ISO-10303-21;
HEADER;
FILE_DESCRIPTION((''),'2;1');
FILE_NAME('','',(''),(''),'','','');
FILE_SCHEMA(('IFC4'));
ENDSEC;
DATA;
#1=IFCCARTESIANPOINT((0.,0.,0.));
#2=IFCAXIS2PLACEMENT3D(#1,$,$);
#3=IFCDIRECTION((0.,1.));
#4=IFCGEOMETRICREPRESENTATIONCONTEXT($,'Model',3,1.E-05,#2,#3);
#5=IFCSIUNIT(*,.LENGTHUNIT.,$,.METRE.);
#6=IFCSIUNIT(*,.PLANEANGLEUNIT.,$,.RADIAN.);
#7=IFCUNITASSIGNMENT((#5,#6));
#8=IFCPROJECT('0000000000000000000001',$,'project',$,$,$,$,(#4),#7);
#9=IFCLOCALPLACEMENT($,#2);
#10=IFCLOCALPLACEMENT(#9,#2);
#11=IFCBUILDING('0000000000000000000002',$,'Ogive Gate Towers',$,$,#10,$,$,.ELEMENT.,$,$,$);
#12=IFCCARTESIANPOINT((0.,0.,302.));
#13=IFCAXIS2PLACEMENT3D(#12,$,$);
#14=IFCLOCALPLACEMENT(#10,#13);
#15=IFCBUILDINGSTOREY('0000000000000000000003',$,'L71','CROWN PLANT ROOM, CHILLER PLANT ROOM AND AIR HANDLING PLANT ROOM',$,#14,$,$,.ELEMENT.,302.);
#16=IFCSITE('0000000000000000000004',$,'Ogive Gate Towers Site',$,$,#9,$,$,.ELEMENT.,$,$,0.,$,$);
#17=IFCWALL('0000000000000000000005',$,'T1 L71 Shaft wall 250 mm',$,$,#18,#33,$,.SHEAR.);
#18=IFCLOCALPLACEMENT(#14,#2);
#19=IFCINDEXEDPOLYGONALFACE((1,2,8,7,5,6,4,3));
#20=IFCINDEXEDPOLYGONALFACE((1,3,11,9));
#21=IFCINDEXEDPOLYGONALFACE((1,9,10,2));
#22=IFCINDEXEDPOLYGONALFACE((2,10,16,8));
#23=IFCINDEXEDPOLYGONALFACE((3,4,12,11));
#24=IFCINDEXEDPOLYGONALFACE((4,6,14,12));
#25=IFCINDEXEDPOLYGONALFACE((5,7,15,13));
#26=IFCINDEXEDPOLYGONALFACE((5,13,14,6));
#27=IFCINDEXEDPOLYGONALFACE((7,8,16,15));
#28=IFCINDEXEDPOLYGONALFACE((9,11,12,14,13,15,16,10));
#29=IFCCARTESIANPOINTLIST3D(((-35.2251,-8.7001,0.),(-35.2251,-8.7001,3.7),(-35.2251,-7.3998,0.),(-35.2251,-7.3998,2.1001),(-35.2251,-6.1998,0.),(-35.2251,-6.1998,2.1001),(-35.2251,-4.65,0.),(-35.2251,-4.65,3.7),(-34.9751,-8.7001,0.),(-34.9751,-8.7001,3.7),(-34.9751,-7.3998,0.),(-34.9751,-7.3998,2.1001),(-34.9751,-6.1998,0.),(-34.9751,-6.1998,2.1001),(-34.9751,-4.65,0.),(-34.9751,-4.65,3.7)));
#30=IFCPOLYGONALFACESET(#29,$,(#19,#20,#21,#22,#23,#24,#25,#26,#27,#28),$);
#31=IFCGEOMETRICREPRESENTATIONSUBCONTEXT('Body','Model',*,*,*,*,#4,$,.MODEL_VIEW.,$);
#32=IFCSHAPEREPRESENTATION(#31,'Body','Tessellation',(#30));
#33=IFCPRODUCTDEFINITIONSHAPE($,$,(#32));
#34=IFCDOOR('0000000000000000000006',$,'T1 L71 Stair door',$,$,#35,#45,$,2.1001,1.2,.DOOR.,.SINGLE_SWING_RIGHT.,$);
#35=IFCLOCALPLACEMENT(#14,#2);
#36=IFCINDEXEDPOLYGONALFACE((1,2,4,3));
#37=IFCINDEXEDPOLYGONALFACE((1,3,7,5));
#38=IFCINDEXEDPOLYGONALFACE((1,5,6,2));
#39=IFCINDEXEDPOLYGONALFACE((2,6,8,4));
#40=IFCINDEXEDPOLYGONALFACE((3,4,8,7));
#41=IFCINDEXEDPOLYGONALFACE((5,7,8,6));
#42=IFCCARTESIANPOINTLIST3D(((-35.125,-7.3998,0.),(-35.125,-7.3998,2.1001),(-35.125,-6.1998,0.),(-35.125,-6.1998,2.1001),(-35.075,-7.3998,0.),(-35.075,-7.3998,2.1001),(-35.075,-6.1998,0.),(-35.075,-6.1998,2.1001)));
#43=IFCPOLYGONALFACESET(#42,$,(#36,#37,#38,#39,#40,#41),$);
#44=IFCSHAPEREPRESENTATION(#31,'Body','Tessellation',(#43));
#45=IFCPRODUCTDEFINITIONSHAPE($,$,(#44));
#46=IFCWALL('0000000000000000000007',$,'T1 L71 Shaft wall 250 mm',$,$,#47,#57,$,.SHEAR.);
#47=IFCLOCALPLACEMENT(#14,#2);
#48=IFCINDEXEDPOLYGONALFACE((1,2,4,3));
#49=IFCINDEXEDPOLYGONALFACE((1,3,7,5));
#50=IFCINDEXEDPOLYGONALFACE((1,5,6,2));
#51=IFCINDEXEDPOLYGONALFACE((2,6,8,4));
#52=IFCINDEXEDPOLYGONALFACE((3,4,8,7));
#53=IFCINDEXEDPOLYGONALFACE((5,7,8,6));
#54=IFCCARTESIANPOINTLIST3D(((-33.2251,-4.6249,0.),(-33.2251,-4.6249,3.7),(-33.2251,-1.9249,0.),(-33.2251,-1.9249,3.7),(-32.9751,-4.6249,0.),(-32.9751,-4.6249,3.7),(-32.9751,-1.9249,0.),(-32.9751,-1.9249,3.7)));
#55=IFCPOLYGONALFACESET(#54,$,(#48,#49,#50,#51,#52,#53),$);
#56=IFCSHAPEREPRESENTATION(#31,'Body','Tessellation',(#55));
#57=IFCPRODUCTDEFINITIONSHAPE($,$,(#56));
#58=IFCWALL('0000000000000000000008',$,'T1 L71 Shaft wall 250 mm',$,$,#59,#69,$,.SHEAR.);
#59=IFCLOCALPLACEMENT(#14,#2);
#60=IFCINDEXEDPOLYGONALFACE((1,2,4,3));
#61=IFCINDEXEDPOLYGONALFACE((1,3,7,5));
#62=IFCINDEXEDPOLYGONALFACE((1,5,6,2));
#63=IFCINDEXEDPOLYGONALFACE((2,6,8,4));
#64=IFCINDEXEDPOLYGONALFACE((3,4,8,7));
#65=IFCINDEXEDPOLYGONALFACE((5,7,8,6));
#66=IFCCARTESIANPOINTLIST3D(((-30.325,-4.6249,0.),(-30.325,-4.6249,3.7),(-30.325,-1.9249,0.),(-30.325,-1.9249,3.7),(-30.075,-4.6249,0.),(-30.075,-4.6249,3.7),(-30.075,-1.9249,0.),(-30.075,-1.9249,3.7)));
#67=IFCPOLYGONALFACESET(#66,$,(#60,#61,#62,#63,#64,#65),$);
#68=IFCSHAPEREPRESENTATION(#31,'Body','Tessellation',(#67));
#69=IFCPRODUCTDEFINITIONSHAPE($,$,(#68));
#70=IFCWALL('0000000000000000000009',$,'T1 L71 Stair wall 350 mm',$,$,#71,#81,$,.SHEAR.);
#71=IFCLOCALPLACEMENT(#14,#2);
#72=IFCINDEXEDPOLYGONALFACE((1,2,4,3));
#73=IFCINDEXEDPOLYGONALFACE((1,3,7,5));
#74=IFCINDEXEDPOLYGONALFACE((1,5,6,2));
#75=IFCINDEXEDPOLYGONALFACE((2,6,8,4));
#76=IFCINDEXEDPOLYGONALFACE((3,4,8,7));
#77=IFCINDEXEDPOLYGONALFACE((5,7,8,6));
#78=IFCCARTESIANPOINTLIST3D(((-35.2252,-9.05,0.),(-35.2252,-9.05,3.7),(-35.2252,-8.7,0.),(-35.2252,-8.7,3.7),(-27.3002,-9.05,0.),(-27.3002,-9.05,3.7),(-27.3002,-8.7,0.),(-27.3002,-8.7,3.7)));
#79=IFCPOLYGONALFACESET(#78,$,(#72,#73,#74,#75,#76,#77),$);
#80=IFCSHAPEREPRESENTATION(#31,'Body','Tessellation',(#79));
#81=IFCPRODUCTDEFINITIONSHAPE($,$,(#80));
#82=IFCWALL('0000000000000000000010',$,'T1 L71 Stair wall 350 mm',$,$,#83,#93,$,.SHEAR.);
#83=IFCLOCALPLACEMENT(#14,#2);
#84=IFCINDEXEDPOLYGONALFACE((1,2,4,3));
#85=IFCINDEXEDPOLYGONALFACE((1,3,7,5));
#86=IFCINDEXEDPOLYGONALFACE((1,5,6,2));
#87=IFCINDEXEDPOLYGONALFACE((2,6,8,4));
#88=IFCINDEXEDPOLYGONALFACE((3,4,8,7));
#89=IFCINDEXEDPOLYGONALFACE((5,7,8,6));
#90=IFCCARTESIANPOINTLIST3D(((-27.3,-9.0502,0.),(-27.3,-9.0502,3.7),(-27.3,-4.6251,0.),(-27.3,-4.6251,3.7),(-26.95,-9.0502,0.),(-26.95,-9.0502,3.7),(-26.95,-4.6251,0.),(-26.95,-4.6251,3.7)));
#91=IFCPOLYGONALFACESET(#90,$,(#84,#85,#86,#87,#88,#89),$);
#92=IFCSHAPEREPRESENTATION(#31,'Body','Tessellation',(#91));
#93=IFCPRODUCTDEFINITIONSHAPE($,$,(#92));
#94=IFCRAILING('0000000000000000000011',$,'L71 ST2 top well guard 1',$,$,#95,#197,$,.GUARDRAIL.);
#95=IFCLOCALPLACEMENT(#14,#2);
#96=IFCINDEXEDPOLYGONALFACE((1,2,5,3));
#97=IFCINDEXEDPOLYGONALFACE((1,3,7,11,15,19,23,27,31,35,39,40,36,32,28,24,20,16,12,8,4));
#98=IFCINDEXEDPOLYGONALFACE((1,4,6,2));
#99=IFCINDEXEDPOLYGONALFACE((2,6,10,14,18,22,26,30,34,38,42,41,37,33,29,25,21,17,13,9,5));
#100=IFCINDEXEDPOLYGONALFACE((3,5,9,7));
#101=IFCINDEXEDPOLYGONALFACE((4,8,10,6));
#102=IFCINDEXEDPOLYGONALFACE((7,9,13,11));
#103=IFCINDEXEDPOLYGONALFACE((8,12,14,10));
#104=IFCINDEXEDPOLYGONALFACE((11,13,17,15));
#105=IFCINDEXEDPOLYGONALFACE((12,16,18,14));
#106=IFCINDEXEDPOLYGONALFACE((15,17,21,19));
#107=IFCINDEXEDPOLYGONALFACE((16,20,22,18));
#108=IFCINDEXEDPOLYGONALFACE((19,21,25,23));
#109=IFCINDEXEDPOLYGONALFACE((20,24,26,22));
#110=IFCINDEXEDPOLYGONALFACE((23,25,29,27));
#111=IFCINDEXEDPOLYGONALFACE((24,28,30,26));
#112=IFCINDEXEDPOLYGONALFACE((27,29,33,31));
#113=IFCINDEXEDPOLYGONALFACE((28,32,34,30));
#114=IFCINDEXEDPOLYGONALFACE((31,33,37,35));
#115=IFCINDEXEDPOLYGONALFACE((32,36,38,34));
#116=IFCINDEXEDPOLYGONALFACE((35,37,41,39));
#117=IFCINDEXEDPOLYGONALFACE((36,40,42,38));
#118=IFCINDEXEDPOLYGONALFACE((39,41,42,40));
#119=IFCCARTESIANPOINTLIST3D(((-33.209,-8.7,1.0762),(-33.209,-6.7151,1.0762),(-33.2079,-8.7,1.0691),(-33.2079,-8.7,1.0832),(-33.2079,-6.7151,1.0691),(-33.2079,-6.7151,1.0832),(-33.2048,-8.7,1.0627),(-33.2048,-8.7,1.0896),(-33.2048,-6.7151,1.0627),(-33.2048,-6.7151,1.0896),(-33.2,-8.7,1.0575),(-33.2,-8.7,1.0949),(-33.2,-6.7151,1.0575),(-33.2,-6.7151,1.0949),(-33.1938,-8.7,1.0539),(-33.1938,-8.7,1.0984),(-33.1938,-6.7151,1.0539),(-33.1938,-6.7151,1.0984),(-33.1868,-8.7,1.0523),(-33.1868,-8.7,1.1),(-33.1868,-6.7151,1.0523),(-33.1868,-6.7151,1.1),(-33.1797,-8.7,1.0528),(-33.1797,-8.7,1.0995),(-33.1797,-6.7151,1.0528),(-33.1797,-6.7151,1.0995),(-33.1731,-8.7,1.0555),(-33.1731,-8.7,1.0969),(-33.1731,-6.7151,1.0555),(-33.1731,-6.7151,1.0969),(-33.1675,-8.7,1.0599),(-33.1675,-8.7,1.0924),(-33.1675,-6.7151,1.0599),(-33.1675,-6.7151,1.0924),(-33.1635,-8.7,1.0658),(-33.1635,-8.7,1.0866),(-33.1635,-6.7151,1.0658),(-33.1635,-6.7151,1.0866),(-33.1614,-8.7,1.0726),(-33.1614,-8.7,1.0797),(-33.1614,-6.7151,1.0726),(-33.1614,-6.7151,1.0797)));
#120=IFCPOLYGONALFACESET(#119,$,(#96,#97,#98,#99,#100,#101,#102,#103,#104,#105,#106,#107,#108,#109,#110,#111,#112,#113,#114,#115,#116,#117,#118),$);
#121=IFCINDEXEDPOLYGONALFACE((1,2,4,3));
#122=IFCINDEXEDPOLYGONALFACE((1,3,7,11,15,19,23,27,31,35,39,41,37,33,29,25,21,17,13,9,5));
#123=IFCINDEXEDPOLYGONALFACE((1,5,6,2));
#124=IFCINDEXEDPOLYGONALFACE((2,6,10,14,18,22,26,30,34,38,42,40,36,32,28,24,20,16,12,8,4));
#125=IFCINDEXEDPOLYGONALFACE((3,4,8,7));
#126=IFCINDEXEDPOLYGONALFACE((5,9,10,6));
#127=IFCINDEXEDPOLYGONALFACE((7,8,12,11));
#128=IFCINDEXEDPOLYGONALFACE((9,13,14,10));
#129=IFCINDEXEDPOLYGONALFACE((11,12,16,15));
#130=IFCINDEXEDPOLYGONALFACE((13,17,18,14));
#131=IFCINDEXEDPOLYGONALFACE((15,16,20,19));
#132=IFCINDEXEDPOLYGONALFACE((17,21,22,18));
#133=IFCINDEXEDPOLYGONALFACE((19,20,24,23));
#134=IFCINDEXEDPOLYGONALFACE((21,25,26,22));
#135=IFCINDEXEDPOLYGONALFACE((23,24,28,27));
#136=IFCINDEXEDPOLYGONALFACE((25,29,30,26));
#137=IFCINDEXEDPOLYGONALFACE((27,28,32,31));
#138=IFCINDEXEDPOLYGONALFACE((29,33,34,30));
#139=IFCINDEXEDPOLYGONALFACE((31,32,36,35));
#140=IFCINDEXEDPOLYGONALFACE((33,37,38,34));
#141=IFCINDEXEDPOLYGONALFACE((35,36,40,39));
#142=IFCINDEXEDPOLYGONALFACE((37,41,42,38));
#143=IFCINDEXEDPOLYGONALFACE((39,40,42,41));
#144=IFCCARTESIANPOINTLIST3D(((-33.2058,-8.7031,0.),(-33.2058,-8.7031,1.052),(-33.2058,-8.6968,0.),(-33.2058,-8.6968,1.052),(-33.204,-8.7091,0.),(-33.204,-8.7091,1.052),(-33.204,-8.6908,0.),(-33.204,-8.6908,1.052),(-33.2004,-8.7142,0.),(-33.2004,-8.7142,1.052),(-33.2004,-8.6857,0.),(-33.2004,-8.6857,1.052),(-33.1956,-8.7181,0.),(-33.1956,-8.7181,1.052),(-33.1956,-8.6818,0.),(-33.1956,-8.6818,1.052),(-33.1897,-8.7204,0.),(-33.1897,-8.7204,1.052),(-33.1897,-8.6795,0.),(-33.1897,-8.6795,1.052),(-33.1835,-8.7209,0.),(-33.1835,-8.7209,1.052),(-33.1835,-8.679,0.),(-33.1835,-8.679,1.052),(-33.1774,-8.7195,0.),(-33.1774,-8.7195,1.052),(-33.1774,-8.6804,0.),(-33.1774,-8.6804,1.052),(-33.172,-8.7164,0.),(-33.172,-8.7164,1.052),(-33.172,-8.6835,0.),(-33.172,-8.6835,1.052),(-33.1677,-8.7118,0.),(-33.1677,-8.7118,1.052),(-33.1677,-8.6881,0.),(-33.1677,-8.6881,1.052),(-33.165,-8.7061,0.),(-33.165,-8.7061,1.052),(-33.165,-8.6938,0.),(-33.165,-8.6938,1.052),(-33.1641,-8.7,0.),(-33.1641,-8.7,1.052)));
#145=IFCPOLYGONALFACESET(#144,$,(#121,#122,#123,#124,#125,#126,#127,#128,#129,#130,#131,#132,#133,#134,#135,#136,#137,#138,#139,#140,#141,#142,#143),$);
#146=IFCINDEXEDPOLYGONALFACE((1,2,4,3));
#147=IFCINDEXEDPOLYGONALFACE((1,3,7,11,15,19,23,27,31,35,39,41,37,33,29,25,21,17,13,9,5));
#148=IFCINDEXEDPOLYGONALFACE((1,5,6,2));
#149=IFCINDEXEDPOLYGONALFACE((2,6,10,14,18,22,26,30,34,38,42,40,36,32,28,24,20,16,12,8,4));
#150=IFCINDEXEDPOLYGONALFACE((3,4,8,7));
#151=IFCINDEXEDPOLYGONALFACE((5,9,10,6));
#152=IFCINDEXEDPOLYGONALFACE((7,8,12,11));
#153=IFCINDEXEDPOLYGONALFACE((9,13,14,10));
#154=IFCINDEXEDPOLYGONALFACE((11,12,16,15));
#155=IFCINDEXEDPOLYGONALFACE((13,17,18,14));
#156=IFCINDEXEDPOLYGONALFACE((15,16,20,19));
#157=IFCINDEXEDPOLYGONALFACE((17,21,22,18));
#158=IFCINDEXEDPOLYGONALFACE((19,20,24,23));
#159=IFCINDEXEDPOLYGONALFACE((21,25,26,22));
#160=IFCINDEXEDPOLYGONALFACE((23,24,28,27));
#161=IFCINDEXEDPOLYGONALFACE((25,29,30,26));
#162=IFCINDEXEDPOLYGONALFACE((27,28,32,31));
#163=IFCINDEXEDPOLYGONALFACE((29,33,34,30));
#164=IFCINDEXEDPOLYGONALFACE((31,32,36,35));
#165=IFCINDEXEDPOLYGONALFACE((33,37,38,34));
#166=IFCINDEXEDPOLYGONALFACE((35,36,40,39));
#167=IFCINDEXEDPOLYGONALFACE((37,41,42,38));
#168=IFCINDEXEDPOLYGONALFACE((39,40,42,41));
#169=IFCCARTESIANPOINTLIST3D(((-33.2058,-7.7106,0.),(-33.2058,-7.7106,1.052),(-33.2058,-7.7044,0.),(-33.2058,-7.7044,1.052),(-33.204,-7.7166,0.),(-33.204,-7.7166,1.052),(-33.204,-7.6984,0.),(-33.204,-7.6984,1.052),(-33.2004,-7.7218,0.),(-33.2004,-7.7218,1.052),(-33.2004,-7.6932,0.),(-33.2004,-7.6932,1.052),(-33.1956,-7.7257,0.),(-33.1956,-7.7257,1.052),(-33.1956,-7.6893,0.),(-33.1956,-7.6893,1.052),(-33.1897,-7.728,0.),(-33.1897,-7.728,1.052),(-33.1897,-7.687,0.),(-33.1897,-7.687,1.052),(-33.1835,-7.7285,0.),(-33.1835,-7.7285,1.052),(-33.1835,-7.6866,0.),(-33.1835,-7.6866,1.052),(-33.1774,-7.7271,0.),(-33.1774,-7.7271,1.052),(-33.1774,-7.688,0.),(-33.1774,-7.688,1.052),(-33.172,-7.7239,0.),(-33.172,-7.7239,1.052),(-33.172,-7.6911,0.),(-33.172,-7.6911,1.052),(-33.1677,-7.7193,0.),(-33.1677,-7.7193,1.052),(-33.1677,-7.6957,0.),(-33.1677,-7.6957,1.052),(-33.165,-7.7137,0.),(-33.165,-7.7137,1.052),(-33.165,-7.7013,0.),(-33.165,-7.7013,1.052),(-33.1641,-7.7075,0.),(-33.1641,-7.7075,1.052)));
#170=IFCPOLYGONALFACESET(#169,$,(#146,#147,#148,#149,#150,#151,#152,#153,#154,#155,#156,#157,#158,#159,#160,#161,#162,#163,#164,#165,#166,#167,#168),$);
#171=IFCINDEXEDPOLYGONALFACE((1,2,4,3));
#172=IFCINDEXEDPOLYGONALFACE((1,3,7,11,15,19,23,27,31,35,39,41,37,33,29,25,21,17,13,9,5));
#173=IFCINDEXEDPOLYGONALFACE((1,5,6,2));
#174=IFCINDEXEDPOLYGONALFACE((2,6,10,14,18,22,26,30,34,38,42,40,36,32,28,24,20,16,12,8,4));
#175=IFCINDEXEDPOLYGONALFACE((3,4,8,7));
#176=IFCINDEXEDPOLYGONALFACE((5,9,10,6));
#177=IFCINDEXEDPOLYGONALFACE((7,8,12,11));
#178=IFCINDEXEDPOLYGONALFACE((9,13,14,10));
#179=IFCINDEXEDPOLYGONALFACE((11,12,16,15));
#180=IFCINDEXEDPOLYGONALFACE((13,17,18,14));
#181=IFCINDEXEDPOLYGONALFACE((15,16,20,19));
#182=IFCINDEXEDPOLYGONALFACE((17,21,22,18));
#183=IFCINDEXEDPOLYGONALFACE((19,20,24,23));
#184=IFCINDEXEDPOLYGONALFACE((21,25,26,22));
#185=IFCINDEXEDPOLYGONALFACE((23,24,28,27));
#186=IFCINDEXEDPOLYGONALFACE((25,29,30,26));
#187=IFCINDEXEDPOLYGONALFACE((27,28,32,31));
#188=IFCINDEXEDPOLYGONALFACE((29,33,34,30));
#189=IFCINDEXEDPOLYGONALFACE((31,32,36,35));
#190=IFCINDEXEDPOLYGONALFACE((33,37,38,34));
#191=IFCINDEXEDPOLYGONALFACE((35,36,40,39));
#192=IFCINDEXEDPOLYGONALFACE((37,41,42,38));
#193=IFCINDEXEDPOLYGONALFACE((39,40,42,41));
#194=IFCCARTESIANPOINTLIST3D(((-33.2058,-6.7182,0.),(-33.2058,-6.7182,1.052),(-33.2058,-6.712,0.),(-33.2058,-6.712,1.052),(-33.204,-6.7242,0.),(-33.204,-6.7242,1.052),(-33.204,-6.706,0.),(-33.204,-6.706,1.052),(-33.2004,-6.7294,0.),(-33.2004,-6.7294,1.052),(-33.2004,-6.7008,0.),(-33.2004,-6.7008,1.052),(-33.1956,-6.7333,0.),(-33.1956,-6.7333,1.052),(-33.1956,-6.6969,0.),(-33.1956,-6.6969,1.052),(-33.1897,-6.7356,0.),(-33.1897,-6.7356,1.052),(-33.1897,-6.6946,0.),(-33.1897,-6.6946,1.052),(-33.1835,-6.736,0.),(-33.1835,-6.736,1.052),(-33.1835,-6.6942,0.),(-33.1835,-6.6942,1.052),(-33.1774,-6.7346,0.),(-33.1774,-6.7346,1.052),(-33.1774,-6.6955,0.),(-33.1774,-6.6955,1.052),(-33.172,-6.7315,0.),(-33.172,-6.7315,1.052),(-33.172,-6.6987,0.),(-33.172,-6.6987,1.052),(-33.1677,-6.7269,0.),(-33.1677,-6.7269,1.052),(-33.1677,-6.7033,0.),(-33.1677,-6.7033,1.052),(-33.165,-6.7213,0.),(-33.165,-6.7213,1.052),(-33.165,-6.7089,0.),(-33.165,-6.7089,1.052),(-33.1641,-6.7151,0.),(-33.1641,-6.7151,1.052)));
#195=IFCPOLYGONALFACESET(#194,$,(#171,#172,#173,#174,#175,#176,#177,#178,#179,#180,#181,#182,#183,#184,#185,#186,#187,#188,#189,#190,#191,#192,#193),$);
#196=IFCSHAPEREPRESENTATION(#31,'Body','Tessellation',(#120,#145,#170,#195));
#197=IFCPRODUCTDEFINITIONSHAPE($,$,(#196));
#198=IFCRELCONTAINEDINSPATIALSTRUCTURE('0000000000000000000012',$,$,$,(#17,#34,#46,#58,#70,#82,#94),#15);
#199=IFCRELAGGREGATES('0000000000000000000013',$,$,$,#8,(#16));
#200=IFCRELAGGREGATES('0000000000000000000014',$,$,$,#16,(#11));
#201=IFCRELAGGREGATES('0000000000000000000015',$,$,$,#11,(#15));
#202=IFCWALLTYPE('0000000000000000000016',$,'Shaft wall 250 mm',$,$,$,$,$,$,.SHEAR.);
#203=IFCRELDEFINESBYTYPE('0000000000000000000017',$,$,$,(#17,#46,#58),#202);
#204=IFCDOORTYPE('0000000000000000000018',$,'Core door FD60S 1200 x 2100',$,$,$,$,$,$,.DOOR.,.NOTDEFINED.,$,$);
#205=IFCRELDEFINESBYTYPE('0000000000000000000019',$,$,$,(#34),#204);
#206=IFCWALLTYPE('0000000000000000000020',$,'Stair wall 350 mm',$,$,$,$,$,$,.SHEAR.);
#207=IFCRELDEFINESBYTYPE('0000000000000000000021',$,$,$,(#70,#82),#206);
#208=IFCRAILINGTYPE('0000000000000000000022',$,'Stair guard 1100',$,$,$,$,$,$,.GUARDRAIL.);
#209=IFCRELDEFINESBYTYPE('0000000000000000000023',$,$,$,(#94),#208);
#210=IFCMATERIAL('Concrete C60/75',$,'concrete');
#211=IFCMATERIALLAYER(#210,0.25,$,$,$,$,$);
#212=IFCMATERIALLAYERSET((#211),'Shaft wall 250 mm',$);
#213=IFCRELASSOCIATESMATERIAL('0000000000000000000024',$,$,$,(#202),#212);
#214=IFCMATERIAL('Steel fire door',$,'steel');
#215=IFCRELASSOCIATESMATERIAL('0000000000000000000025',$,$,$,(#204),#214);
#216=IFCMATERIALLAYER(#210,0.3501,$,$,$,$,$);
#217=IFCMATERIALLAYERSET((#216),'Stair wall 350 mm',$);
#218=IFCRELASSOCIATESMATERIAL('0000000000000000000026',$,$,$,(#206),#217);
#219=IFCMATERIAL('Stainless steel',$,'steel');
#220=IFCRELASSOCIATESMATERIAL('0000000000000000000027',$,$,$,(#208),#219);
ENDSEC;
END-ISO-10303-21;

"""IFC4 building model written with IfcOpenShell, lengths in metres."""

from ifc_helpers import new_model, si_unit, direction, frame, frame_2d, origin, origin_2d, place, context, subcontext, project, spatial, rectangle, circle, extrude, material, layer, layer_set, type_object, element, fill, save


model = new_model("IFC4")

# Units and contexts
model_context = context("Model", 3, precision=1e-05, world=origin(), true_north=direction((0.0, 1.0)))
body_context = subcontext(model_context, "Body", "Model", "MODEL_VIEW")
ifc_project = project(units=[si_unit("LENGTHUNIT", "METRE"), si_unit("PLANEANGLEUNIT", "RADIAN")], contexts=[model_context])

# Site, building, storey
site_placement = place(None, origin())
site = spatial("IfcSite", under=ifc_project, at=site_placement, Name="Ogive Gate Towers Site", CompositionType="ELEMENT", RefElevation=0.0)
building_placement = place(site_placement, origin())
building = spatial("IfcBuilding", under=site, at=building_placement, Name="Ogive Gate Towers", CompositionType="ELEMENT")
storey_placement = place(building_placement, frame((0.0, 0.0, 302.0)))
storey = spatial("IfcBuildingStorey", under=building, at=storey_placement, Name="L71", Description="CROWN PLANT ROOM, CHILLER PLANT ROOM AND AIR HANDLING PLANT ROOM", CompositionType="ELEMENT", Elevation=302.0)

# Shared definitions
ifc_material_1 = material(Name="Concrete C60/75", Category="concrete")
ifc_material_2 = material(Name="Steel fire door", Category="steel")

# Shared definitions
ifc_layer_1 = layer(ifc_material_1, 0.25)
ifc_layer_set_1 = layer_set([ifc_layer_1], Name="Shaft wall 250 mm")
wall_type_1 = type_object("IfcWallType", Name="Shaft wall 250 mm", PredefinedType="SHEAR", material=ifc_layer_set_1)

# Wall, opening, door
wall_1_placement = place(storey_placement, frame((-35.1001, -8.7, 0.0), z_axis=(0.0, 0.0, 1.0), x_axis=(0.0, 1.0, 0.0)))
wall_1 = element("IfcWall", 1, at=wall_1_placement, inside=storey, type_object=wall_type_1, Name="T1 L71 Shaft wall 250 mm", PredefinedType="SHEAR", context=body_context, shape_type="SweptSolid", body=[
    extrude(rectangle(XDim=4.05, YDim=0.25, at=frame_2d((2.0249, 0.0))), origin(), (0.0, 0.0, 1.0), 3.7),
])
opening_1_placement = place(wall_1_placement, frame((1.3, 0.0, 0.0)))
opening_1 = element("IfcOpeningElement", 2, at=opening_1_placement, cuts=wall_1, PredefinedType="OPENING", context=body_context, shape_type="SweptSolid", body=[
    extrude(rectangle(XDim=1.2, YDim=2.1001, at=frame_2d((0.6001, 1.05))), frame((0.0, 0.135, 0.0), z_axis=(0.0, -1.0, 0.0), x_axis=(1.0, 0.0, 0.0)), (0.0, 0.0, 1.0), 0.27),
])
door_type_1 = type_object("IfcDoorType", Name="Core door FD60S 1200 x 2100", OperationType="NOTDEFINED", PredefinedType="DOOR", material=ifc_material_2)
door_1_placement = place(opening_1_placement, origin())
door_1 = element("IfcDoor", 3, at=door_1_placement, inside=storey, type_object=door_type_1, Name="T1 L71 Stair door", OperationType="SINGLE_SWING_RIGHT", OverallHeight=2.1001, OverallWidth=1.2, PredefinedType="DOOR", context=body_context, shape_type="SweptSolid", body=[
    extrude(rectangle(XDim=1.2, YDim=2.1001, at=frame_2d((0.6001, 1.05))), frame((0.0, 0.0249, 0.0), z_axis=(0.0, -1.0, 0.0), x_axis=(1.0, 0.0, 0.0)), (0.0, 0.0, 1.0), 0.05),
])
fill(opening_1, door_1)

# Walls
for number, where, z_axis, x_axis, name in (
    (4, (-33.1001, -4.625, 0.0), (0.0, 0.0, 1.0), (0.0, 1.0, 0.0), "T1 L71 Shaft wall 250 mm"),
    (5, (-30.2, -4.625, 0.0), (0.0, 0.0, 1.0), (0.0, 1.0, 0.0), "T1 L71 Shaft wall 250 mm"),
):
    element("IfcWall", number, at=place(storey_placement, frame(where, z_axis=z_axis, x_axis=x_axis)), inside=storey, type_object=wall_type_1, Name=name, PredefinedType="SHEAR", context=body_context, shape_type="SweptSolid", body=[
        extrude(rectangle(XDim=2.7, YDim=0.25, at=frame_2d((1.3501, 0.0))), origin(), (0.0, 0.0, 1.0), 3.7),
    ])
ifc_layer_2 = layer(ifc_material_1, 0.3501)
ifc_layer_set_2 = layer_set([ifc_layer_2], Name="Stair wall 350 mm")
wall_type_2 = type_object("IfcWallType", Name="Stair wall 350 mm", PredefinedType="SHEAR", material=ifc_layer_set_2)
wall_2_placement = place(storey_placement, frame((-35.2251, -8.875, 0.0), z_axis=(0.0, 0.0, 1.0), x_axis=(1.0, 0.0, 0.0)))
element("IfcWall", 6, at=wall_2_placement, inside=storey, type_object=wall_type_2, Name="T1 L71 Stair wall 350 mm", PredefinedType="SHEAR", context=body_context, shape_type="SweptSolid", body=[
    extrude(rectangle(XDim=7.925, YDim=0.3501, at=frame_2d((3.9624, 0.0))), origin(), (0.0, 0.0, 1.0), 3.7),
])
wall_3_placement = place(storey_placement, frame((-27.125, -9.05, 0.0), z_axis=(0.0, 0.0, 1.0), x_axis=(0.0, 1.0, 0.0)))
element("IfcWall", 7, at=wall_3_placement, inside=storey, type_object=wall_type_2, Name="T1 L71 Stair wall 350 mm", PredefinedType="SHEAR", context=body_context, shape_type="SweptSolid", body=[
    extrude(rectangle(XDim=4.425, YDim=0.3501, at=frame_2d((2.2124, 0.0))), origin(), (0.0, 0.0, 1.0), 3.7),
])

# Railing
ifc_material_3 = material(Name="Stainless steel", Category="steel")
railing_type = type_object("IfcRailingType", Name="Stair guard 1100", PredefinedType="GUARDRAIL", material=ifc_material_3)
railing_placement = place(storey_placement, frame((-33.1851, -8.7, 0.0)))
element("IfcRailing", 8, at=railing_placement, inside=storey, type_object=railing_type, Name="L71 ST2 top well guard 1", PredefinedType="GUARDRAIL", context=body_context, shape_type="SweptSolid", body=[
    extrude(circle(Radius=0.0239, at=origin_2d()), frame((0.0, 0.0, 1.0762), z_axis=(0.0, 1.0, 0.0), x_axis=(-1.0, 0.0, 0.0)), (0.0, 0.0, 1.0), 1.9849),
    extrude(circle(Radius=0.021, at=origin_2d()), origin(), (0.0, 0.0, 1.0), 1.052),
    extrude(circle(Radius=0.021, at=origin_2d()), frame((0.0, 0.9924, 0.0)), (0.0, 0.0, 1.0), 1.052),
    extrude(circle(Radius=0.021, at=origin_2d()), frame((0.0, 1.9849, 0.0)), (0.0, 0.0, 1.0), 1.052),
])

save(model, "model.ifc")
